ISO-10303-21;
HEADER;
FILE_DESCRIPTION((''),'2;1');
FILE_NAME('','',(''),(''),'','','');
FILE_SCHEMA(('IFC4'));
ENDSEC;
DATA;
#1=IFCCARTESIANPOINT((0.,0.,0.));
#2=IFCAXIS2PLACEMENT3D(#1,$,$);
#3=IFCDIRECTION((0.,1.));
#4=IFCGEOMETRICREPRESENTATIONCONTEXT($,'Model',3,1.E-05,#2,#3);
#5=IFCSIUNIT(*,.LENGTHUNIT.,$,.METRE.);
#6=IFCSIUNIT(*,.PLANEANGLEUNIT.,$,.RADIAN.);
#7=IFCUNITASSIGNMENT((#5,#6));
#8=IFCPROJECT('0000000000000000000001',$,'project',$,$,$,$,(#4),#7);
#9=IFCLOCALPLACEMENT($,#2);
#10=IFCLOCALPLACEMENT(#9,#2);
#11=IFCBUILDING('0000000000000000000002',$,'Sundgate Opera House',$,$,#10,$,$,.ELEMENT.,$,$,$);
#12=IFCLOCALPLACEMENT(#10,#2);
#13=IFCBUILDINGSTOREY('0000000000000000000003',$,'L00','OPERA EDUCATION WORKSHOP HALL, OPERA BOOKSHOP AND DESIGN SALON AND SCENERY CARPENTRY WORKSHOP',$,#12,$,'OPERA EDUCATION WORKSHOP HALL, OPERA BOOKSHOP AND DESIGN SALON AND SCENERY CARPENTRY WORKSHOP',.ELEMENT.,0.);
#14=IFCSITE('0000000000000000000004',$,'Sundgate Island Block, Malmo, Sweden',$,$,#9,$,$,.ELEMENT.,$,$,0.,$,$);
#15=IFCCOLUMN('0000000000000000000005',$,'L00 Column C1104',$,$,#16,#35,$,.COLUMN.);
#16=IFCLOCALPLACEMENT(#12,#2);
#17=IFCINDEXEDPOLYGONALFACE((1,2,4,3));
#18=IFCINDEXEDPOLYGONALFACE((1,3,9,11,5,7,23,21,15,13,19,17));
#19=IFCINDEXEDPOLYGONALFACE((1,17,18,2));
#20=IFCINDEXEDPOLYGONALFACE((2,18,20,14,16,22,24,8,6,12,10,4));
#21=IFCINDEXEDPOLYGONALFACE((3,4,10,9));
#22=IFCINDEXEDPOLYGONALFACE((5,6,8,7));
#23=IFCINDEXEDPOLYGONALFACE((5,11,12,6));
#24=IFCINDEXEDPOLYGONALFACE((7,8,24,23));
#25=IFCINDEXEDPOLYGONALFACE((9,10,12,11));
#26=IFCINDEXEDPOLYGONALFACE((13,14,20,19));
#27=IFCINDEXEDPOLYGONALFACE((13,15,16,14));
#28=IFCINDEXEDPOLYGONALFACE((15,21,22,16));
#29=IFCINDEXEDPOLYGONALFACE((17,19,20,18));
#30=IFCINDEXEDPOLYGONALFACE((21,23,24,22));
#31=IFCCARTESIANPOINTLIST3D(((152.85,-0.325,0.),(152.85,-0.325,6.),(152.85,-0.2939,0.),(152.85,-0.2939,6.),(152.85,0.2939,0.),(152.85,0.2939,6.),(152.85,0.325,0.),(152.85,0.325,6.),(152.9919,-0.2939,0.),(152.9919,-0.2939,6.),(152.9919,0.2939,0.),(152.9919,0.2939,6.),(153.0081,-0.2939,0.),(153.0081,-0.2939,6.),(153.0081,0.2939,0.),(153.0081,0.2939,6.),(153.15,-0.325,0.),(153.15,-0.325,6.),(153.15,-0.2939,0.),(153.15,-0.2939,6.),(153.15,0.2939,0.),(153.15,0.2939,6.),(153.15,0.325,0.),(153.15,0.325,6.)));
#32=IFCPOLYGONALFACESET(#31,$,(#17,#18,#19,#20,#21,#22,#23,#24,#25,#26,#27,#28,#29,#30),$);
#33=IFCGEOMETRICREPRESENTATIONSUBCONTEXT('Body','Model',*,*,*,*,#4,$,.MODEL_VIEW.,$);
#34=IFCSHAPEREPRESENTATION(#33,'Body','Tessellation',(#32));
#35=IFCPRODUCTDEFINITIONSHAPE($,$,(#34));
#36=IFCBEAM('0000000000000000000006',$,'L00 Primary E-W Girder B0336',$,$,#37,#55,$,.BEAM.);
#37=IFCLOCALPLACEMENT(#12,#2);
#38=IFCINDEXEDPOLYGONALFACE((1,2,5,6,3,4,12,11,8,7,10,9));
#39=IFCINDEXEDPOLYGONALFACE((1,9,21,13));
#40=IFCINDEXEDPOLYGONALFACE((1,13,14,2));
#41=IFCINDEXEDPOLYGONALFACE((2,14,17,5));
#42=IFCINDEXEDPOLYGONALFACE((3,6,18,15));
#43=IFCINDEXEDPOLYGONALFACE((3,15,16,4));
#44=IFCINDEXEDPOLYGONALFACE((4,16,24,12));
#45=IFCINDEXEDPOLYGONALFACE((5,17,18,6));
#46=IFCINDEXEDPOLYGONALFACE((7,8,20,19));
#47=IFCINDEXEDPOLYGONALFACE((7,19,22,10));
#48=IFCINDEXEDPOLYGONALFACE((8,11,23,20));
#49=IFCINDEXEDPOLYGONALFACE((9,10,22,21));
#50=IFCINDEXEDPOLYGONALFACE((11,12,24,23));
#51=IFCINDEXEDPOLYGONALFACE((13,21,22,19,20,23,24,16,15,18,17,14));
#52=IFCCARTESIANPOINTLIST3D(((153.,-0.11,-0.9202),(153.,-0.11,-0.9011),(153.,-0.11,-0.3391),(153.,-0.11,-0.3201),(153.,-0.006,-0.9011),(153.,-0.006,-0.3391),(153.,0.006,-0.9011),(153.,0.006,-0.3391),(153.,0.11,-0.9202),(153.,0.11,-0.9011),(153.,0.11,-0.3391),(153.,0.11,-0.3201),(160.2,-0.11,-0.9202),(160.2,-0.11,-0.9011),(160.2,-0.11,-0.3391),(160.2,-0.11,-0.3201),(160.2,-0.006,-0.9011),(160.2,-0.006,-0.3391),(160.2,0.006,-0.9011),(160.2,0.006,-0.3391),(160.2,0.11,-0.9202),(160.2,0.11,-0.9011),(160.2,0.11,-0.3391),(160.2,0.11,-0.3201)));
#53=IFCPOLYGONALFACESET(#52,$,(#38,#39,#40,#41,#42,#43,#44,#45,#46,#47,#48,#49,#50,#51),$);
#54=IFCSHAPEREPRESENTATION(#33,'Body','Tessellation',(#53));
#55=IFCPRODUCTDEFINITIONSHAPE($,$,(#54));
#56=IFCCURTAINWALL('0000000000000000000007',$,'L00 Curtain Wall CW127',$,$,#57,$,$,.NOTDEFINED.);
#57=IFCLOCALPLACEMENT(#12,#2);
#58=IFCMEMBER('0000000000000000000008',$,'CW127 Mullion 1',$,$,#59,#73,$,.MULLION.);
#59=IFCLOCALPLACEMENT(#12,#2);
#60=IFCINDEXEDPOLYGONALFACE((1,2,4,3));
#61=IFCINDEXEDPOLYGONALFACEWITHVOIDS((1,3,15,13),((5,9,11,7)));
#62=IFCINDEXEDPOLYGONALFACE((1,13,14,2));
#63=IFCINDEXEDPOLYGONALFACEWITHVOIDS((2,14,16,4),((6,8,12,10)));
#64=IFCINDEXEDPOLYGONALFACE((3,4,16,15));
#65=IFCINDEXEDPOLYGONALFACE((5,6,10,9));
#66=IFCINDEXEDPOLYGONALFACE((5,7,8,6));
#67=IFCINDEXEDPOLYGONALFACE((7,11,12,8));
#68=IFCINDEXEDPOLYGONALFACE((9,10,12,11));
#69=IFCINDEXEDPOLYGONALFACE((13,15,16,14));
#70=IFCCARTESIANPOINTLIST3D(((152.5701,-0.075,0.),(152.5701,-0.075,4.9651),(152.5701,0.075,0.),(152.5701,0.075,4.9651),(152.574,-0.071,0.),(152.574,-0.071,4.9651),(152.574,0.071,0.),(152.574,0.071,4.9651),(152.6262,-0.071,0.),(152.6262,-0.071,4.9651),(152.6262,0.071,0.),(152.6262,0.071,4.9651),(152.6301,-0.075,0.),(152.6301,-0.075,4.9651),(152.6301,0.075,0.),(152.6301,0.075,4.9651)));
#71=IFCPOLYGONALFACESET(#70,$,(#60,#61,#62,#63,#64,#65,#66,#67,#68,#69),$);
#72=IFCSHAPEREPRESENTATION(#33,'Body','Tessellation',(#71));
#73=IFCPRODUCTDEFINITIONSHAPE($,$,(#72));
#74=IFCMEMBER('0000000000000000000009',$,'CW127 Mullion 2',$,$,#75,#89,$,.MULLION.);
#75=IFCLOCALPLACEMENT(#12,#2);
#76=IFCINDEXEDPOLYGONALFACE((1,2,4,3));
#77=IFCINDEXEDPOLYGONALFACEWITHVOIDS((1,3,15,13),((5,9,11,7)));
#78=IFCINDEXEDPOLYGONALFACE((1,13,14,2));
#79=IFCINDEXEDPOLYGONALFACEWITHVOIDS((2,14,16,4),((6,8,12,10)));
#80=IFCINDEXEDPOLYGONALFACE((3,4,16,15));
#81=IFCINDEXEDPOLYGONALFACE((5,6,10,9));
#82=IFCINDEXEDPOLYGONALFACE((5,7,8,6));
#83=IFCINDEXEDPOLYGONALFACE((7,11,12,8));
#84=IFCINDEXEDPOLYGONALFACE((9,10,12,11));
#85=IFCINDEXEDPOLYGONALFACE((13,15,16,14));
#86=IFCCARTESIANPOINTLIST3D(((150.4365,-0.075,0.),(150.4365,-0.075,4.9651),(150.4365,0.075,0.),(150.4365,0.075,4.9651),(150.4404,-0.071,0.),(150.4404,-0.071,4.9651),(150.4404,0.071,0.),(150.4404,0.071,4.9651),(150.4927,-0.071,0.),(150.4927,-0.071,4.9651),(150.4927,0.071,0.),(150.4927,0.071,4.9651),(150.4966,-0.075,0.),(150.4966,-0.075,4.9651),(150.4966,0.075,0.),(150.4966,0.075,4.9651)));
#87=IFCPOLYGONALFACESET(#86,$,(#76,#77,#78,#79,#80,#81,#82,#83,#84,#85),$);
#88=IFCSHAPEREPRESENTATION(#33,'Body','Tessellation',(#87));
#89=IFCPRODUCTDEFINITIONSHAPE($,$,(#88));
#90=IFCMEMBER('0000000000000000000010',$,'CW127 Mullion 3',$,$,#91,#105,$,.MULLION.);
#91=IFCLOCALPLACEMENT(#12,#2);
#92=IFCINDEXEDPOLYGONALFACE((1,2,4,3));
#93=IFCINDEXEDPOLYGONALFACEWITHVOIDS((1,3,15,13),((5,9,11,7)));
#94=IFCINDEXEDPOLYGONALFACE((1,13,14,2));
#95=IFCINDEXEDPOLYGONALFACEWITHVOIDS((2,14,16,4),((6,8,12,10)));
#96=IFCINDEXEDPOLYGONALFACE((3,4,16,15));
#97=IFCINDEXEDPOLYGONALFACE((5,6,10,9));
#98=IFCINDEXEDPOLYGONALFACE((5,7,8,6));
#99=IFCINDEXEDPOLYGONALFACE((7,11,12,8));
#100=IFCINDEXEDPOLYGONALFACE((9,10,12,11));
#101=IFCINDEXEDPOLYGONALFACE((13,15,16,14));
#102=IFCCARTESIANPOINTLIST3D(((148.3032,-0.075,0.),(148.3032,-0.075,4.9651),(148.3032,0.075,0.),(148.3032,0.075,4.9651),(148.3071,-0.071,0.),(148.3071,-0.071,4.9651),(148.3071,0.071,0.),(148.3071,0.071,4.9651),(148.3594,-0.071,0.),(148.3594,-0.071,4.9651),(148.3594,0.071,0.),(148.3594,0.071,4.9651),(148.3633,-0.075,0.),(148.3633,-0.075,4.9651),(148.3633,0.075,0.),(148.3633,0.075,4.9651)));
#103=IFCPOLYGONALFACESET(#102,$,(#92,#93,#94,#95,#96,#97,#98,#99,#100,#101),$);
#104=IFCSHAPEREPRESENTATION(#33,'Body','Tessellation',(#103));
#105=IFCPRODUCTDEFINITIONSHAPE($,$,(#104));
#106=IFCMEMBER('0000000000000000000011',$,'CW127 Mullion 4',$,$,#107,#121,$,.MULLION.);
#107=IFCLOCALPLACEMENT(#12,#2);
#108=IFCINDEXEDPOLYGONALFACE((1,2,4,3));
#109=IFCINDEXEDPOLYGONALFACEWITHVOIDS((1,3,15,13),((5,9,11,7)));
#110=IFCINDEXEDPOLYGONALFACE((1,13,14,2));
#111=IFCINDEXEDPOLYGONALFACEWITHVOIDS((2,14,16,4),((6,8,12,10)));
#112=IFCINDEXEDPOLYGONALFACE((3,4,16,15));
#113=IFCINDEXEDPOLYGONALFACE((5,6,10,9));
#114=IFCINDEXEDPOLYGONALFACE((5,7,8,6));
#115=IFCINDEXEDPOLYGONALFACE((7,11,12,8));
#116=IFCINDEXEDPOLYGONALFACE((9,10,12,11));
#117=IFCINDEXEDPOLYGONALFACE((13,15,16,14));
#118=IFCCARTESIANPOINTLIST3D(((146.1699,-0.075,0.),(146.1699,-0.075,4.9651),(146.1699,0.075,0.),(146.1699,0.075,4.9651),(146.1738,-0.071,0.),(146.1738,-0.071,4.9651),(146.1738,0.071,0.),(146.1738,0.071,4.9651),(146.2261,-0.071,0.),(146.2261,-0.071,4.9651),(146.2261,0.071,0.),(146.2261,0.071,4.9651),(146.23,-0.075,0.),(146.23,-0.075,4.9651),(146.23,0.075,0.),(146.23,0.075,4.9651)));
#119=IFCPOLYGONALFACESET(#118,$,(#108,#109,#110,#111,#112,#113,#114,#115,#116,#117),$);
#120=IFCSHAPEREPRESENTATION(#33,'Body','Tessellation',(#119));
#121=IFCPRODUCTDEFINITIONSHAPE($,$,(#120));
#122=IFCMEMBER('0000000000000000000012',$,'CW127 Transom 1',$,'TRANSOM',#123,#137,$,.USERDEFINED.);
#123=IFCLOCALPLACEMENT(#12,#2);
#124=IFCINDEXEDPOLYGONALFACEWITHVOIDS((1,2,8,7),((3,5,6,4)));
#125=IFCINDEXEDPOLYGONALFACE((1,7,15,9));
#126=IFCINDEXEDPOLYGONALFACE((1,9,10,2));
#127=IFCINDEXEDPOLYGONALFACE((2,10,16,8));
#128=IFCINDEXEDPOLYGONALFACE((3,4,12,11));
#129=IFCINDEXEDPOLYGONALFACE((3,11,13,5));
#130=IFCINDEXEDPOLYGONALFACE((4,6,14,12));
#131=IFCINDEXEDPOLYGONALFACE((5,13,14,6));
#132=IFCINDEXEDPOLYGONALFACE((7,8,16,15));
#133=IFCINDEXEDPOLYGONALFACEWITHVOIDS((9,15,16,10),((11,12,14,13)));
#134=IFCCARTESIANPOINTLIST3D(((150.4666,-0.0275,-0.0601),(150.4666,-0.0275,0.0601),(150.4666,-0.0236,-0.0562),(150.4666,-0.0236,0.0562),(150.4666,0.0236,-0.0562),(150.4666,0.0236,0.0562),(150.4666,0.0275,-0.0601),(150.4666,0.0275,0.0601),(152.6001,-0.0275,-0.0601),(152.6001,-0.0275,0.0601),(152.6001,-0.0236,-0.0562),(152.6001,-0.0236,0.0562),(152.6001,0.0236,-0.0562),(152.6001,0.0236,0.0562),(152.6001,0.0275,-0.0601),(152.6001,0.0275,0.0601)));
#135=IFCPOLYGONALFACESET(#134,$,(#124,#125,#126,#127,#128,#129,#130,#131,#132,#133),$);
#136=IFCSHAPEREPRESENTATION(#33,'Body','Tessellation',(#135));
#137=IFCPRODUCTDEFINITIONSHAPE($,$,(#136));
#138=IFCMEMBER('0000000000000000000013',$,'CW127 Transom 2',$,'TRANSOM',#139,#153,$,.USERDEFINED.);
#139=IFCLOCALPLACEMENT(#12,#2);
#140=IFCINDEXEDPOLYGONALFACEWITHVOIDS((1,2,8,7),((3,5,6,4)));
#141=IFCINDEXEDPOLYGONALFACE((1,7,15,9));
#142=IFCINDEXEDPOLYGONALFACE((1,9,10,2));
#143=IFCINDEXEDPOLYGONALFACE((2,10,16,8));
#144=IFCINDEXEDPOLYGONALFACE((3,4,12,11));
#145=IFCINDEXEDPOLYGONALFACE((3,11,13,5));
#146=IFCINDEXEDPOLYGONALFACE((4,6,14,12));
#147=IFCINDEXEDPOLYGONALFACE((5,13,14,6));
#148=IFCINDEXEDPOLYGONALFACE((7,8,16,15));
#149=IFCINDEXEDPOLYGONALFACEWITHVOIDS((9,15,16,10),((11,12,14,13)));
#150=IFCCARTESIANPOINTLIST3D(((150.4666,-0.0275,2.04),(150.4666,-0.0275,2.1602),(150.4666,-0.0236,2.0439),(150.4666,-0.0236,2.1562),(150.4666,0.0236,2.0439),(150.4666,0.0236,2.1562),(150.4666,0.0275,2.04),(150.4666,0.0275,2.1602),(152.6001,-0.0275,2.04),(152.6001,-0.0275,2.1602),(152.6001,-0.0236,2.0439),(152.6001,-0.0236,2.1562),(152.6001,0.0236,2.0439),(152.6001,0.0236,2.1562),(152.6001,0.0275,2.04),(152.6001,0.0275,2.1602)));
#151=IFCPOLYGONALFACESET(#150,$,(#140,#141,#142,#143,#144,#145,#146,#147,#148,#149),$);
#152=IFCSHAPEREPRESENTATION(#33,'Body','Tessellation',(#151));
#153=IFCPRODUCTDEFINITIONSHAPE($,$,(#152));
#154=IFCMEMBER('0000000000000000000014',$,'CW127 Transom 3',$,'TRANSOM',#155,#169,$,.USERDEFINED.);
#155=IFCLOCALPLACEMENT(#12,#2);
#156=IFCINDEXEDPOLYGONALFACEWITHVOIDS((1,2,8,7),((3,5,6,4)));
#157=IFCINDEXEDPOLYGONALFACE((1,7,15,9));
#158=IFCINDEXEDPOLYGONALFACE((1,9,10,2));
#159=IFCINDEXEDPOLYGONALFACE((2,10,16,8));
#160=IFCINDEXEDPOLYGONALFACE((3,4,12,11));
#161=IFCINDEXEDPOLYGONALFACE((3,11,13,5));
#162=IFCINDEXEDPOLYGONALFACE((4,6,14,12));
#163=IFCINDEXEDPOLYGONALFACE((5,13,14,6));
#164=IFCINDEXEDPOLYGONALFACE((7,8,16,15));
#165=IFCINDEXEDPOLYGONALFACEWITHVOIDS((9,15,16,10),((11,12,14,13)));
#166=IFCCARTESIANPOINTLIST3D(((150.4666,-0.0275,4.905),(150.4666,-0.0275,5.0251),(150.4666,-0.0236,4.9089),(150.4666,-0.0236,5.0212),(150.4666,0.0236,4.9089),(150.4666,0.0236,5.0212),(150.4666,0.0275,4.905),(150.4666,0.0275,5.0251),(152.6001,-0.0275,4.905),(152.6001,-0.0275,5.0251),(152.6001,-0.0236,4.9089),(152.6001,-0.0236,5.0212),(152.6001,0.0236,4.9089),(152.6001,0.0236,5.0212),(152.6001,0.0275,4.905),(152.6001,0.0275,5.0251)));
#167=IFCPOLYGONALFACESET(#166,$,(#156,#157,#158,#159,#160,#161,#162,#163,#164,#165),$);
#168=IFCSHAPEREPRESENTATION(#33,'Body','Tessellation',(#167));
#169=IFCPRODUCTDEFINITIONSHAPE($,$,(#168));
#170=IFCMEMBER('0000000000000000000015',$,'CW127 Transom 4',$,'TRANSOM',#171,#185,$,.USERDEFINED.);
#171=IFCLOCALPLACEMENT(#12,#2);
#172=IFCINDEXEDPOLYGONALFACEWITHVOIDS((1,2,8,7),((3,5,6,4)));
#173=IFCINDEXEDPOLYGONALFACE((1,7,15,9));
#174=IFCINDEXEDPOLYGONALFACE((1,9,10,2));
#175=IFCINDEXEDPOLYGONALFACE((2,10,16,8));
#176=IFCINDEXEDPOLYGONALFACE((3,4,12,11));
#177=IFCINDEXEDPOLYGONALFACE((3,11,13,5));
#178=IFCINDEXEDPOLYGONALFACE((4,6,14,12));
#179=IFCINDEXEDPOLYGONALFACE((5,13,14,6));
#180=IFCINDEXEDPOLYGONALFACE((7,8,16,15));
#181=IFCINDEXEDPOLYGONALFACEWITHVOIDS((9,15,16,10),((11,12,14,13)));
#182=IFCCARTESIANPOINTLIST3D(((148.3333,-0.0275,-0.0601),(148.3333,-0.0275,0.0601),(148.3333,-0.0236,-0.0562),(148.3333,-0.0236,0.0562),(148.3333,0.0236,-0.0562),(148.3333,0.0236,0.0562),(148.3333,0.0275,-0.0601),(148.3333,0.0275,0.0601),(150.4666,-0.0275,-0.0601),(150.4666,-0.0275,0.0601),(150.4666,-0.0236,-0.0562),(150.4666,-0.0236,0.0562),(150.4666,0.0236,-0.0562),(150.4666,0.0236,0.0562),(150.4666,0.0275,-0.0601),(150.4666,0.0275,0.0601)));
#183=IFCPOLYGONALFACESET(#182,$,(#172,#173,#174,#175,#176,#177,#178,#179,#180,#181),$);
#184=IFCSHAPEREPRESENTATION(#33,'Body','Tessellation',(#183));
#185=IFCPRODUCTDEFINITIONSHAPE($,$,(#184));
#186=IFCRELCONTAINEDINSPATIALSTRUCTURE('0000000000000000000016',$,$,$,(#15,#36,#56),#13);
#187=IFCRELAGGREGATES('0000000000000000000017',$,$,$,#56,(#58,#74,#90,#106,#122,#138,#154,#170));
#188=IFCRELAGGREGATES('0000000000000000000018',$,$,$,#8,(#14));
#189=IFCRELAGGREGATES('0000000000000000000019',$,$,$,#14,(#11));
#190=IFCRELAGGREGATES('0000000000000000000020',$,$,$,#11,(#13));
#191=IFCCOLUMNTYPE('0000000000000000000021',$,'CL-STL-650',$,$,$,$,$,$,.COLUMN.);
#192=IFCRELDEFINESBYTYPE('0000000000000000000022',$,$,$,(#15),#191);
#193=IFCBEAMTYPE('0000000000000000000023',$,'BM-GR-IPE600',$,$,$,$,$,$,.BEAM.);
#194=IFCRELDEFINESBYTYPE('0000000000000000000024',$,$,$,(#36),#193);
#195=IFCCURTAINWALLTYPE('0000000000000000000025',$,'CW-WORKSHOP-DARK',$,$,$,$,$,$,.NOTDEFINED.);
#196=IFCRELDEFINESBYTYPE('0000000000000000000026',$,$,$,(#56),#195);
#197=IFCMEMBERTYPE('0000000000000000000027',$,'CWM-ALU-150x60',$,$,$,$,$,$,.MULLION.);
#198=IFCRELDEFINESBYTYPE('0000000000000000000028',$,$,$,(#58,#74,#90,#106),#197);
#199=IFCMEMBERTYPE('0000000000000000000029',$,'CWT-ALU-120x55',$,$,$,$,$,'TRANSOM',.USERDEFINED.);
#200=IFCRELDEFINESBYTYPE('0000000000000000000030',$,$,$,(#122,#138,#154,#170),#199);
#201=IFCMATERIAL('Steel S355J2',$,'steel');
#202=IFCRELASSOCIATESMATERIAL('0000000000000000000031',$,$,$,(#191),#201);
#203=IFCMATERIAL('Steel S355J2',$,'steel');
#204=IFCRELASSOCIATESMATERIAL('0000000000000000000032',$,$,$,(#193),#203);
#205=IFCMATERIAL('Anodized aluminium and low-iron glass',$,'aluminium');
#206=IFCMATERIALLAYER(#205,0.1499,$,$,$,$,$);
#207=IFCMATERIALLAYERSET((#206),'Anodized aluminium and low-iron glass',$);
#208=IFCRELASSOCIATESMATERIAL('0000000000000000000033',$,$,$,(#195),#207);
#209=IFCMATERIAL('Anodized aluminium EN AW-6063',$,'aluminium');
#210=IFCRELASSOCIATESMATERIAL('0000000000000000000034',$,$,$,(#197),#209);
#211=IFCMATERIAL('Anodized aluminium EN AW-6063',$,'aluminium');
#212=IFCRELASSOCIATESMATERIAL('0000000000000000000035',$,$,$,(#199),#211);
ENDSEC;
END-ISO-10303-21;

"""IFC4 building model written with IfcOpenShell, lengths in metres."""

from ifc_helpers import new_model, si_unit, direction, frame, origin, origin_2d, place, context, subcontext, project, spatial, hollow_rectangle, i_section, extrude, material, layer, layer_set, material_profile, profile_set, type_object, element, aggregate, save


model = new_model("IFC4")

# Units and contexts
model_context = context("Model", 3, precision=1e-05, world=origin(), true_north=direction((0.0, 1.0)))
body_context = subcontext(model_context, "Body", "Model", "MODEL_VIEW")
ifc_project = project(units=[si_unit("LENGTHUNIT", "METRE"), si_unit("PLANEANGLEUNIT", "RADIAN")], contexts=[model_context])

# Site, building, storey
site_placement = place(None, origin())
site = spatial("IfcSite", under=ifc_project, at=site_placement, Name="Sundgate Island Block, Malmo, Sweden", CompositionType="ELEMENT", RefElevation=0.0)
building_placement = place(site_placement, origin())
building = spatial("IfcBuilding", under=site, at=building_placement, Name="Sundgate Opera House", CompositionType="ELEMENT")
storey_placement = place(building_placement, origin())
storey = spatial("IfcBuildingStorey", under=building, at=storey_placement, Name="L00", Description="OPERA EDUCATION WORKSHOP HALL, OPERA BOOKSHOP AND DESIGN SALON AND SCENERY CARPENTRY WORKSHOP", LongName="OPERA EDUCATION WORKSHOP HALL, OPERA BOOKSHOP AND DESIGN SALON AND SCENERY CARPENTRY WORKSHOP", CompositionType="ELEMENT", Elevation=0.0)

# Column
ifc_material_1 = material(Name="Steel S355J2", Category="steel")
ifc_material_profile_1 = material_profile(ifc_material_1, i_section(OverallWidth=0.3, OverallDepth=0.6499, WebThickness=0.0161, FlangeThickness=0.031, at=origin_2d()), Name="HEB 650")
ifc_profile_set_1 = profile_set([ifc_material_profile_1], Name="Steel S355J2")
column_type = type_object("IfcColumnType", Name="CL-STL-650", PredefinedType="COLUMN", material=ifc_profile_set_1)
column_placement = place(storey_placement, frame((153.0, 0.0, 0.0), z_axis=(0.0, 0.0, 1.0), x_axis=(1.0, 0.0, 0.0)))
element("IfcColumn", 1, at=column_placement, inside=storey, type_object=column_type, Name="L00 Column C1104", PredefinedType="COLUMN", context=body_context, shape_type="SweptSolid", body=[
    extrude(i_section(OverallWidth=0.3, OverallDepth=0.6499, WebThickness=0.0161, FlangeThickness=0.031, at=origin_2d()), origin(), (0.0, 0.0, 1.0), 6.0),
])

# Beam
ifc_material_2 = material(Name="Steel S355J2", Category="steel")
ifc_material_profile_2 = material_profile(ifc_material_2, i_section(OverallWidth=0.22, OverallDepth=0.6001, WebThickness=0.012, FlangeThickness=0.019, at=origin_2d()), Name="IPE 600")
ifc_profile_set_2 = profile_set([ifc_material_profile_2], Name="Steel S355J2")
beam_type = type_object("IfcBeamType", Name="BM-GR-IPE600", PredefinedType="BEAM", material=ifc_profile_set_2)
beam_placement = place(storey_placement, frame((153.0, 0.0, -0.6201), z_axis=(1.0, 0.0, 0.0), x_axis=(0.0, 1.0, 0.0)))
element("IfcBeam", 2, at=beam_placement, inside=storey, type_object=beam_type, Name="L00 Primary E-W Girder B0336", PredefinedType="BEAM", context=body_context, shape_type="SweptSolid", body=[
    extrude(i_section(OverallWidth=0.22, OverallDepth=0.6001, WebThickness=0.012, FlangeThickness=0.019, at=origin_2d()), origin(), (0.0, 0.0, 1.0), 7.2),
])

# Curtain wall, members
ifc_material_3 = material(Name="Anodized aluminium and low-iron glass", Category="aluminium")
ifc_layer_1 = layer(ifc_material_3, 0.1499)
ifc_layer_set_1 = layer_set([ifc_layer_1], Name="Anodized aluminium and low-iron glass")
curtain_wall_type = type_object("IfcCurtainWallType", Name="CW-WORKSHOP-DARK", PredefinedType="NOTDEFINED", material=ifc_layer_set_1)
curtain_wall_placement = place(storey_placement, origin())
curtain_wall = element("IfcCurtainWall", 3, at=curtain_wall_placement, inside=storey, type_object=curtain_wall_type, Name="L00 Curtain Wall CW127", PredefinedType="NOTDEFINED")
ifc_material_4 = material(Name="Anodized aluminium EN AW-6063", Category="aluminium")
ifc_material_profile_3 = material_profile(ifc_material_4, hollow_rectangle(XDim=0.0601, YDim=0.1499, WallThickness=0.0039, at=origin_2d()), Name="CWM 150x60x4")
ifc_profile_set_3 = profile_set([ifc_material_profile_3], Name="Anodized aluminium EN AW-6063")
member_type_1 = type_object("IfcMemberType", Name="CWM-ALU-150x60", PredefinedType="MULLION", material=ifc_profile_set_3)
member_1_placement = place(storey_placement, frame((152.6001, 0.0, 0.0), z_axis=(0.0, 0.0, 1.0), x_axis=(1.0, 0.0, 0.0)))
member_1 = element("IfcMember", 4, at=member_1_placement, type_object=member_type_1, Name="CW127 Mullion 1", PredefinedType="MULLION", context=body_context, shape_type="SweptSolid", body=[
    extrude(hollow_rectangle(XDim=0.0601, YDim=0.1499, WallThickness=0.0039, at=origin_2d()), origin(), (0.0, 0.0, 1.0), 4.9651),
])
member_2_placement = place(storey_placement, frame((150.4666, 0.0, 0.0), z_axis=(0.0, 0.0, 1.0), x_axis=(1.0, 0.0, 0.0)))
member_2 = element("IfcMember", 5, at=member_2_placement, type_object=member_type_1, Name="CW127 Mullion 2", PredefinedType="MULLION", context=body_context, shape_type="SweptSolid", body=[
    extrude(hollow_rectangle(XDim=0.0601, YDim=0.1499, WallThickness=0.0039, at=origin_2d()), origin(), (0.0, 0.0, 1.0), 4.9651),
])
member_3_placement = place(storey_placement, frame((148.3333, 0.0, 0.0), z_axis=(0.0, 0.0, 1.0), x_axis=(1.0, 0.0, 0.0)))
member_3 = element("IfcMember", 6, at=member_3_placement, type_object=member_type_1, Name="CW127 Mullion 3", PredefinedType="MULLION", context=body_context, shape_type="SweptSolid", body=[
    extrude(hollow_rectangle(XDim=0.0601, YDim=0.1499, WallThickness=0.0039, at=origin_2d()), origin(), (0.0, 0.0, 1.0), 4.9651),
])
member_4_placement = place(storey_placement, frame((146.2, 0.0, 0.0), z_axis=(0.0, 0.0, 1.0), x_axis=(1.0, 0.0, 0.0)))
member_4 = element("IfcMember", 7, at=member_4_placement, type_object=member_type_1, Name="CW127 Mullion 4", PredefinedType="MULLION", context=body_context, shape_type="SweptSolid", body=[
    extrude(hollow_rectangle(XDim=0.0601, YDim=0.1499, WallThickness=0.0039, at=origin_2d()), origin(), (0.0, 0.0, 1.0), 4.9651),
])
ifc_material_5 = material(Name="Anodized aluminium EN AW-6063", Category="aluminium")
ifc_material_profile_4 = material_profile(ifc_material_5, hollow_rectangle(XDim=0.0549, YDim=0.1201, WallThickness=0.0039, at=origin_2d()), Name="CWT 120x55x4")
ifc_profile_set_4 = profile_set([ifc_material_profile_4], Name="Anodized aluminium EN AW-6063")
member_type_2 = type_object("IfcMemberType", Name="CWT-ALU-120x55", ElementType="TRANSOM", PredefinedType="USERDEFINED", material=ifc_profile_set_4)
member_5_placement = place(storey_placement, frame((152.6001, 0.0, 0.0), z_axis=(-1.0, 0.0, 0.0), x_axis=(0.0, -1.0, 0.0)))
member_5 = element("IfcMember", 8, at=member_5_placement, type_object=member_type_2, Name="CW127 Transom 1", ObjectType="TRANSOM", PredefinedType="USERDEFINED", context=body_context, shape_type="SweptSolid", body=[
    extrude(hollow_rectangle(XDim=0.0549, YDim=0.1201, WallThickness=0.0039, at=origin_2d()), origin(), (0.0, 0.0, 1.0), 2.1335),
])
member_6_placement = place(storey_placement, frame((152.6001, 0.0, 2.1001), z_axis=(-1.0, 0.0, 0.0), x_axis=(0.0, -1.0, 0.0)))
member_6 = element("IfcMember", 9, at=member_6_placement, type_object=member_type_2, Name="CW127 Transom 2", ObjectType="TRANSOM", PredefinedType="USERDEFINED", context=body_context, shape_type="SweptSolid", body=[
    extrude(hollow_rectangle(XDim=0.0549, YDim=0.1201, WallThickness=0.0039, at=origin_2d()), origin(), (0.0, 0.0, 1.0), 2.1335),
])
member_7_placement = place(storey_placement, frame((152.6001, 0.0, 4.9651), z_axis=(-1.0, 0.0, 0.0), x_axis=(0.0, -1.0, 0.0)))
member_7 = element("IfcMember", 10, at=member_7_placement, type_object=member_type_2, Name="CW127 Transom 3", ObjectType="TRANSOM", PredefinedType="USERDEFINED", context=body_context, shape_type="SweptSolid", body=[
    extrude(hollow_rectangle(XDim=0.0549, YDim=0.1201, WallThickness=0.0039, at=origin_2d()), origin(), (0.0, 0.0, 1.0), 2.1335),
])
member_8_placement = place(storey_placement, frame((150.4666, 0.0, 0.0), z_axis=(-1.0, 0.0, 0.0), x_axis=(0.0, -1.0, 0.0)))
member_8 = element("IfcMember", 11, at=member_8_placement, type_object=member_type_2, Name="CW127 Transom 4", ObjectType="TRANSOM", PredefinedType="USERDEFINED", context=body_context, shape_type="SweptSolid", body=[
    extrude(hollow_rectangle(XDim=0.0549, YDim=0.1201, WallThickness=0.0039, at=origin_2d()), origin(), (0.0, 0.0, 1.0), 2.1333),
])
aggregate(curtain_wall, [member_1, member_2, member_3, member_4, member_5, member_6, member_7, member_8])

save(model, "model.ifc")
